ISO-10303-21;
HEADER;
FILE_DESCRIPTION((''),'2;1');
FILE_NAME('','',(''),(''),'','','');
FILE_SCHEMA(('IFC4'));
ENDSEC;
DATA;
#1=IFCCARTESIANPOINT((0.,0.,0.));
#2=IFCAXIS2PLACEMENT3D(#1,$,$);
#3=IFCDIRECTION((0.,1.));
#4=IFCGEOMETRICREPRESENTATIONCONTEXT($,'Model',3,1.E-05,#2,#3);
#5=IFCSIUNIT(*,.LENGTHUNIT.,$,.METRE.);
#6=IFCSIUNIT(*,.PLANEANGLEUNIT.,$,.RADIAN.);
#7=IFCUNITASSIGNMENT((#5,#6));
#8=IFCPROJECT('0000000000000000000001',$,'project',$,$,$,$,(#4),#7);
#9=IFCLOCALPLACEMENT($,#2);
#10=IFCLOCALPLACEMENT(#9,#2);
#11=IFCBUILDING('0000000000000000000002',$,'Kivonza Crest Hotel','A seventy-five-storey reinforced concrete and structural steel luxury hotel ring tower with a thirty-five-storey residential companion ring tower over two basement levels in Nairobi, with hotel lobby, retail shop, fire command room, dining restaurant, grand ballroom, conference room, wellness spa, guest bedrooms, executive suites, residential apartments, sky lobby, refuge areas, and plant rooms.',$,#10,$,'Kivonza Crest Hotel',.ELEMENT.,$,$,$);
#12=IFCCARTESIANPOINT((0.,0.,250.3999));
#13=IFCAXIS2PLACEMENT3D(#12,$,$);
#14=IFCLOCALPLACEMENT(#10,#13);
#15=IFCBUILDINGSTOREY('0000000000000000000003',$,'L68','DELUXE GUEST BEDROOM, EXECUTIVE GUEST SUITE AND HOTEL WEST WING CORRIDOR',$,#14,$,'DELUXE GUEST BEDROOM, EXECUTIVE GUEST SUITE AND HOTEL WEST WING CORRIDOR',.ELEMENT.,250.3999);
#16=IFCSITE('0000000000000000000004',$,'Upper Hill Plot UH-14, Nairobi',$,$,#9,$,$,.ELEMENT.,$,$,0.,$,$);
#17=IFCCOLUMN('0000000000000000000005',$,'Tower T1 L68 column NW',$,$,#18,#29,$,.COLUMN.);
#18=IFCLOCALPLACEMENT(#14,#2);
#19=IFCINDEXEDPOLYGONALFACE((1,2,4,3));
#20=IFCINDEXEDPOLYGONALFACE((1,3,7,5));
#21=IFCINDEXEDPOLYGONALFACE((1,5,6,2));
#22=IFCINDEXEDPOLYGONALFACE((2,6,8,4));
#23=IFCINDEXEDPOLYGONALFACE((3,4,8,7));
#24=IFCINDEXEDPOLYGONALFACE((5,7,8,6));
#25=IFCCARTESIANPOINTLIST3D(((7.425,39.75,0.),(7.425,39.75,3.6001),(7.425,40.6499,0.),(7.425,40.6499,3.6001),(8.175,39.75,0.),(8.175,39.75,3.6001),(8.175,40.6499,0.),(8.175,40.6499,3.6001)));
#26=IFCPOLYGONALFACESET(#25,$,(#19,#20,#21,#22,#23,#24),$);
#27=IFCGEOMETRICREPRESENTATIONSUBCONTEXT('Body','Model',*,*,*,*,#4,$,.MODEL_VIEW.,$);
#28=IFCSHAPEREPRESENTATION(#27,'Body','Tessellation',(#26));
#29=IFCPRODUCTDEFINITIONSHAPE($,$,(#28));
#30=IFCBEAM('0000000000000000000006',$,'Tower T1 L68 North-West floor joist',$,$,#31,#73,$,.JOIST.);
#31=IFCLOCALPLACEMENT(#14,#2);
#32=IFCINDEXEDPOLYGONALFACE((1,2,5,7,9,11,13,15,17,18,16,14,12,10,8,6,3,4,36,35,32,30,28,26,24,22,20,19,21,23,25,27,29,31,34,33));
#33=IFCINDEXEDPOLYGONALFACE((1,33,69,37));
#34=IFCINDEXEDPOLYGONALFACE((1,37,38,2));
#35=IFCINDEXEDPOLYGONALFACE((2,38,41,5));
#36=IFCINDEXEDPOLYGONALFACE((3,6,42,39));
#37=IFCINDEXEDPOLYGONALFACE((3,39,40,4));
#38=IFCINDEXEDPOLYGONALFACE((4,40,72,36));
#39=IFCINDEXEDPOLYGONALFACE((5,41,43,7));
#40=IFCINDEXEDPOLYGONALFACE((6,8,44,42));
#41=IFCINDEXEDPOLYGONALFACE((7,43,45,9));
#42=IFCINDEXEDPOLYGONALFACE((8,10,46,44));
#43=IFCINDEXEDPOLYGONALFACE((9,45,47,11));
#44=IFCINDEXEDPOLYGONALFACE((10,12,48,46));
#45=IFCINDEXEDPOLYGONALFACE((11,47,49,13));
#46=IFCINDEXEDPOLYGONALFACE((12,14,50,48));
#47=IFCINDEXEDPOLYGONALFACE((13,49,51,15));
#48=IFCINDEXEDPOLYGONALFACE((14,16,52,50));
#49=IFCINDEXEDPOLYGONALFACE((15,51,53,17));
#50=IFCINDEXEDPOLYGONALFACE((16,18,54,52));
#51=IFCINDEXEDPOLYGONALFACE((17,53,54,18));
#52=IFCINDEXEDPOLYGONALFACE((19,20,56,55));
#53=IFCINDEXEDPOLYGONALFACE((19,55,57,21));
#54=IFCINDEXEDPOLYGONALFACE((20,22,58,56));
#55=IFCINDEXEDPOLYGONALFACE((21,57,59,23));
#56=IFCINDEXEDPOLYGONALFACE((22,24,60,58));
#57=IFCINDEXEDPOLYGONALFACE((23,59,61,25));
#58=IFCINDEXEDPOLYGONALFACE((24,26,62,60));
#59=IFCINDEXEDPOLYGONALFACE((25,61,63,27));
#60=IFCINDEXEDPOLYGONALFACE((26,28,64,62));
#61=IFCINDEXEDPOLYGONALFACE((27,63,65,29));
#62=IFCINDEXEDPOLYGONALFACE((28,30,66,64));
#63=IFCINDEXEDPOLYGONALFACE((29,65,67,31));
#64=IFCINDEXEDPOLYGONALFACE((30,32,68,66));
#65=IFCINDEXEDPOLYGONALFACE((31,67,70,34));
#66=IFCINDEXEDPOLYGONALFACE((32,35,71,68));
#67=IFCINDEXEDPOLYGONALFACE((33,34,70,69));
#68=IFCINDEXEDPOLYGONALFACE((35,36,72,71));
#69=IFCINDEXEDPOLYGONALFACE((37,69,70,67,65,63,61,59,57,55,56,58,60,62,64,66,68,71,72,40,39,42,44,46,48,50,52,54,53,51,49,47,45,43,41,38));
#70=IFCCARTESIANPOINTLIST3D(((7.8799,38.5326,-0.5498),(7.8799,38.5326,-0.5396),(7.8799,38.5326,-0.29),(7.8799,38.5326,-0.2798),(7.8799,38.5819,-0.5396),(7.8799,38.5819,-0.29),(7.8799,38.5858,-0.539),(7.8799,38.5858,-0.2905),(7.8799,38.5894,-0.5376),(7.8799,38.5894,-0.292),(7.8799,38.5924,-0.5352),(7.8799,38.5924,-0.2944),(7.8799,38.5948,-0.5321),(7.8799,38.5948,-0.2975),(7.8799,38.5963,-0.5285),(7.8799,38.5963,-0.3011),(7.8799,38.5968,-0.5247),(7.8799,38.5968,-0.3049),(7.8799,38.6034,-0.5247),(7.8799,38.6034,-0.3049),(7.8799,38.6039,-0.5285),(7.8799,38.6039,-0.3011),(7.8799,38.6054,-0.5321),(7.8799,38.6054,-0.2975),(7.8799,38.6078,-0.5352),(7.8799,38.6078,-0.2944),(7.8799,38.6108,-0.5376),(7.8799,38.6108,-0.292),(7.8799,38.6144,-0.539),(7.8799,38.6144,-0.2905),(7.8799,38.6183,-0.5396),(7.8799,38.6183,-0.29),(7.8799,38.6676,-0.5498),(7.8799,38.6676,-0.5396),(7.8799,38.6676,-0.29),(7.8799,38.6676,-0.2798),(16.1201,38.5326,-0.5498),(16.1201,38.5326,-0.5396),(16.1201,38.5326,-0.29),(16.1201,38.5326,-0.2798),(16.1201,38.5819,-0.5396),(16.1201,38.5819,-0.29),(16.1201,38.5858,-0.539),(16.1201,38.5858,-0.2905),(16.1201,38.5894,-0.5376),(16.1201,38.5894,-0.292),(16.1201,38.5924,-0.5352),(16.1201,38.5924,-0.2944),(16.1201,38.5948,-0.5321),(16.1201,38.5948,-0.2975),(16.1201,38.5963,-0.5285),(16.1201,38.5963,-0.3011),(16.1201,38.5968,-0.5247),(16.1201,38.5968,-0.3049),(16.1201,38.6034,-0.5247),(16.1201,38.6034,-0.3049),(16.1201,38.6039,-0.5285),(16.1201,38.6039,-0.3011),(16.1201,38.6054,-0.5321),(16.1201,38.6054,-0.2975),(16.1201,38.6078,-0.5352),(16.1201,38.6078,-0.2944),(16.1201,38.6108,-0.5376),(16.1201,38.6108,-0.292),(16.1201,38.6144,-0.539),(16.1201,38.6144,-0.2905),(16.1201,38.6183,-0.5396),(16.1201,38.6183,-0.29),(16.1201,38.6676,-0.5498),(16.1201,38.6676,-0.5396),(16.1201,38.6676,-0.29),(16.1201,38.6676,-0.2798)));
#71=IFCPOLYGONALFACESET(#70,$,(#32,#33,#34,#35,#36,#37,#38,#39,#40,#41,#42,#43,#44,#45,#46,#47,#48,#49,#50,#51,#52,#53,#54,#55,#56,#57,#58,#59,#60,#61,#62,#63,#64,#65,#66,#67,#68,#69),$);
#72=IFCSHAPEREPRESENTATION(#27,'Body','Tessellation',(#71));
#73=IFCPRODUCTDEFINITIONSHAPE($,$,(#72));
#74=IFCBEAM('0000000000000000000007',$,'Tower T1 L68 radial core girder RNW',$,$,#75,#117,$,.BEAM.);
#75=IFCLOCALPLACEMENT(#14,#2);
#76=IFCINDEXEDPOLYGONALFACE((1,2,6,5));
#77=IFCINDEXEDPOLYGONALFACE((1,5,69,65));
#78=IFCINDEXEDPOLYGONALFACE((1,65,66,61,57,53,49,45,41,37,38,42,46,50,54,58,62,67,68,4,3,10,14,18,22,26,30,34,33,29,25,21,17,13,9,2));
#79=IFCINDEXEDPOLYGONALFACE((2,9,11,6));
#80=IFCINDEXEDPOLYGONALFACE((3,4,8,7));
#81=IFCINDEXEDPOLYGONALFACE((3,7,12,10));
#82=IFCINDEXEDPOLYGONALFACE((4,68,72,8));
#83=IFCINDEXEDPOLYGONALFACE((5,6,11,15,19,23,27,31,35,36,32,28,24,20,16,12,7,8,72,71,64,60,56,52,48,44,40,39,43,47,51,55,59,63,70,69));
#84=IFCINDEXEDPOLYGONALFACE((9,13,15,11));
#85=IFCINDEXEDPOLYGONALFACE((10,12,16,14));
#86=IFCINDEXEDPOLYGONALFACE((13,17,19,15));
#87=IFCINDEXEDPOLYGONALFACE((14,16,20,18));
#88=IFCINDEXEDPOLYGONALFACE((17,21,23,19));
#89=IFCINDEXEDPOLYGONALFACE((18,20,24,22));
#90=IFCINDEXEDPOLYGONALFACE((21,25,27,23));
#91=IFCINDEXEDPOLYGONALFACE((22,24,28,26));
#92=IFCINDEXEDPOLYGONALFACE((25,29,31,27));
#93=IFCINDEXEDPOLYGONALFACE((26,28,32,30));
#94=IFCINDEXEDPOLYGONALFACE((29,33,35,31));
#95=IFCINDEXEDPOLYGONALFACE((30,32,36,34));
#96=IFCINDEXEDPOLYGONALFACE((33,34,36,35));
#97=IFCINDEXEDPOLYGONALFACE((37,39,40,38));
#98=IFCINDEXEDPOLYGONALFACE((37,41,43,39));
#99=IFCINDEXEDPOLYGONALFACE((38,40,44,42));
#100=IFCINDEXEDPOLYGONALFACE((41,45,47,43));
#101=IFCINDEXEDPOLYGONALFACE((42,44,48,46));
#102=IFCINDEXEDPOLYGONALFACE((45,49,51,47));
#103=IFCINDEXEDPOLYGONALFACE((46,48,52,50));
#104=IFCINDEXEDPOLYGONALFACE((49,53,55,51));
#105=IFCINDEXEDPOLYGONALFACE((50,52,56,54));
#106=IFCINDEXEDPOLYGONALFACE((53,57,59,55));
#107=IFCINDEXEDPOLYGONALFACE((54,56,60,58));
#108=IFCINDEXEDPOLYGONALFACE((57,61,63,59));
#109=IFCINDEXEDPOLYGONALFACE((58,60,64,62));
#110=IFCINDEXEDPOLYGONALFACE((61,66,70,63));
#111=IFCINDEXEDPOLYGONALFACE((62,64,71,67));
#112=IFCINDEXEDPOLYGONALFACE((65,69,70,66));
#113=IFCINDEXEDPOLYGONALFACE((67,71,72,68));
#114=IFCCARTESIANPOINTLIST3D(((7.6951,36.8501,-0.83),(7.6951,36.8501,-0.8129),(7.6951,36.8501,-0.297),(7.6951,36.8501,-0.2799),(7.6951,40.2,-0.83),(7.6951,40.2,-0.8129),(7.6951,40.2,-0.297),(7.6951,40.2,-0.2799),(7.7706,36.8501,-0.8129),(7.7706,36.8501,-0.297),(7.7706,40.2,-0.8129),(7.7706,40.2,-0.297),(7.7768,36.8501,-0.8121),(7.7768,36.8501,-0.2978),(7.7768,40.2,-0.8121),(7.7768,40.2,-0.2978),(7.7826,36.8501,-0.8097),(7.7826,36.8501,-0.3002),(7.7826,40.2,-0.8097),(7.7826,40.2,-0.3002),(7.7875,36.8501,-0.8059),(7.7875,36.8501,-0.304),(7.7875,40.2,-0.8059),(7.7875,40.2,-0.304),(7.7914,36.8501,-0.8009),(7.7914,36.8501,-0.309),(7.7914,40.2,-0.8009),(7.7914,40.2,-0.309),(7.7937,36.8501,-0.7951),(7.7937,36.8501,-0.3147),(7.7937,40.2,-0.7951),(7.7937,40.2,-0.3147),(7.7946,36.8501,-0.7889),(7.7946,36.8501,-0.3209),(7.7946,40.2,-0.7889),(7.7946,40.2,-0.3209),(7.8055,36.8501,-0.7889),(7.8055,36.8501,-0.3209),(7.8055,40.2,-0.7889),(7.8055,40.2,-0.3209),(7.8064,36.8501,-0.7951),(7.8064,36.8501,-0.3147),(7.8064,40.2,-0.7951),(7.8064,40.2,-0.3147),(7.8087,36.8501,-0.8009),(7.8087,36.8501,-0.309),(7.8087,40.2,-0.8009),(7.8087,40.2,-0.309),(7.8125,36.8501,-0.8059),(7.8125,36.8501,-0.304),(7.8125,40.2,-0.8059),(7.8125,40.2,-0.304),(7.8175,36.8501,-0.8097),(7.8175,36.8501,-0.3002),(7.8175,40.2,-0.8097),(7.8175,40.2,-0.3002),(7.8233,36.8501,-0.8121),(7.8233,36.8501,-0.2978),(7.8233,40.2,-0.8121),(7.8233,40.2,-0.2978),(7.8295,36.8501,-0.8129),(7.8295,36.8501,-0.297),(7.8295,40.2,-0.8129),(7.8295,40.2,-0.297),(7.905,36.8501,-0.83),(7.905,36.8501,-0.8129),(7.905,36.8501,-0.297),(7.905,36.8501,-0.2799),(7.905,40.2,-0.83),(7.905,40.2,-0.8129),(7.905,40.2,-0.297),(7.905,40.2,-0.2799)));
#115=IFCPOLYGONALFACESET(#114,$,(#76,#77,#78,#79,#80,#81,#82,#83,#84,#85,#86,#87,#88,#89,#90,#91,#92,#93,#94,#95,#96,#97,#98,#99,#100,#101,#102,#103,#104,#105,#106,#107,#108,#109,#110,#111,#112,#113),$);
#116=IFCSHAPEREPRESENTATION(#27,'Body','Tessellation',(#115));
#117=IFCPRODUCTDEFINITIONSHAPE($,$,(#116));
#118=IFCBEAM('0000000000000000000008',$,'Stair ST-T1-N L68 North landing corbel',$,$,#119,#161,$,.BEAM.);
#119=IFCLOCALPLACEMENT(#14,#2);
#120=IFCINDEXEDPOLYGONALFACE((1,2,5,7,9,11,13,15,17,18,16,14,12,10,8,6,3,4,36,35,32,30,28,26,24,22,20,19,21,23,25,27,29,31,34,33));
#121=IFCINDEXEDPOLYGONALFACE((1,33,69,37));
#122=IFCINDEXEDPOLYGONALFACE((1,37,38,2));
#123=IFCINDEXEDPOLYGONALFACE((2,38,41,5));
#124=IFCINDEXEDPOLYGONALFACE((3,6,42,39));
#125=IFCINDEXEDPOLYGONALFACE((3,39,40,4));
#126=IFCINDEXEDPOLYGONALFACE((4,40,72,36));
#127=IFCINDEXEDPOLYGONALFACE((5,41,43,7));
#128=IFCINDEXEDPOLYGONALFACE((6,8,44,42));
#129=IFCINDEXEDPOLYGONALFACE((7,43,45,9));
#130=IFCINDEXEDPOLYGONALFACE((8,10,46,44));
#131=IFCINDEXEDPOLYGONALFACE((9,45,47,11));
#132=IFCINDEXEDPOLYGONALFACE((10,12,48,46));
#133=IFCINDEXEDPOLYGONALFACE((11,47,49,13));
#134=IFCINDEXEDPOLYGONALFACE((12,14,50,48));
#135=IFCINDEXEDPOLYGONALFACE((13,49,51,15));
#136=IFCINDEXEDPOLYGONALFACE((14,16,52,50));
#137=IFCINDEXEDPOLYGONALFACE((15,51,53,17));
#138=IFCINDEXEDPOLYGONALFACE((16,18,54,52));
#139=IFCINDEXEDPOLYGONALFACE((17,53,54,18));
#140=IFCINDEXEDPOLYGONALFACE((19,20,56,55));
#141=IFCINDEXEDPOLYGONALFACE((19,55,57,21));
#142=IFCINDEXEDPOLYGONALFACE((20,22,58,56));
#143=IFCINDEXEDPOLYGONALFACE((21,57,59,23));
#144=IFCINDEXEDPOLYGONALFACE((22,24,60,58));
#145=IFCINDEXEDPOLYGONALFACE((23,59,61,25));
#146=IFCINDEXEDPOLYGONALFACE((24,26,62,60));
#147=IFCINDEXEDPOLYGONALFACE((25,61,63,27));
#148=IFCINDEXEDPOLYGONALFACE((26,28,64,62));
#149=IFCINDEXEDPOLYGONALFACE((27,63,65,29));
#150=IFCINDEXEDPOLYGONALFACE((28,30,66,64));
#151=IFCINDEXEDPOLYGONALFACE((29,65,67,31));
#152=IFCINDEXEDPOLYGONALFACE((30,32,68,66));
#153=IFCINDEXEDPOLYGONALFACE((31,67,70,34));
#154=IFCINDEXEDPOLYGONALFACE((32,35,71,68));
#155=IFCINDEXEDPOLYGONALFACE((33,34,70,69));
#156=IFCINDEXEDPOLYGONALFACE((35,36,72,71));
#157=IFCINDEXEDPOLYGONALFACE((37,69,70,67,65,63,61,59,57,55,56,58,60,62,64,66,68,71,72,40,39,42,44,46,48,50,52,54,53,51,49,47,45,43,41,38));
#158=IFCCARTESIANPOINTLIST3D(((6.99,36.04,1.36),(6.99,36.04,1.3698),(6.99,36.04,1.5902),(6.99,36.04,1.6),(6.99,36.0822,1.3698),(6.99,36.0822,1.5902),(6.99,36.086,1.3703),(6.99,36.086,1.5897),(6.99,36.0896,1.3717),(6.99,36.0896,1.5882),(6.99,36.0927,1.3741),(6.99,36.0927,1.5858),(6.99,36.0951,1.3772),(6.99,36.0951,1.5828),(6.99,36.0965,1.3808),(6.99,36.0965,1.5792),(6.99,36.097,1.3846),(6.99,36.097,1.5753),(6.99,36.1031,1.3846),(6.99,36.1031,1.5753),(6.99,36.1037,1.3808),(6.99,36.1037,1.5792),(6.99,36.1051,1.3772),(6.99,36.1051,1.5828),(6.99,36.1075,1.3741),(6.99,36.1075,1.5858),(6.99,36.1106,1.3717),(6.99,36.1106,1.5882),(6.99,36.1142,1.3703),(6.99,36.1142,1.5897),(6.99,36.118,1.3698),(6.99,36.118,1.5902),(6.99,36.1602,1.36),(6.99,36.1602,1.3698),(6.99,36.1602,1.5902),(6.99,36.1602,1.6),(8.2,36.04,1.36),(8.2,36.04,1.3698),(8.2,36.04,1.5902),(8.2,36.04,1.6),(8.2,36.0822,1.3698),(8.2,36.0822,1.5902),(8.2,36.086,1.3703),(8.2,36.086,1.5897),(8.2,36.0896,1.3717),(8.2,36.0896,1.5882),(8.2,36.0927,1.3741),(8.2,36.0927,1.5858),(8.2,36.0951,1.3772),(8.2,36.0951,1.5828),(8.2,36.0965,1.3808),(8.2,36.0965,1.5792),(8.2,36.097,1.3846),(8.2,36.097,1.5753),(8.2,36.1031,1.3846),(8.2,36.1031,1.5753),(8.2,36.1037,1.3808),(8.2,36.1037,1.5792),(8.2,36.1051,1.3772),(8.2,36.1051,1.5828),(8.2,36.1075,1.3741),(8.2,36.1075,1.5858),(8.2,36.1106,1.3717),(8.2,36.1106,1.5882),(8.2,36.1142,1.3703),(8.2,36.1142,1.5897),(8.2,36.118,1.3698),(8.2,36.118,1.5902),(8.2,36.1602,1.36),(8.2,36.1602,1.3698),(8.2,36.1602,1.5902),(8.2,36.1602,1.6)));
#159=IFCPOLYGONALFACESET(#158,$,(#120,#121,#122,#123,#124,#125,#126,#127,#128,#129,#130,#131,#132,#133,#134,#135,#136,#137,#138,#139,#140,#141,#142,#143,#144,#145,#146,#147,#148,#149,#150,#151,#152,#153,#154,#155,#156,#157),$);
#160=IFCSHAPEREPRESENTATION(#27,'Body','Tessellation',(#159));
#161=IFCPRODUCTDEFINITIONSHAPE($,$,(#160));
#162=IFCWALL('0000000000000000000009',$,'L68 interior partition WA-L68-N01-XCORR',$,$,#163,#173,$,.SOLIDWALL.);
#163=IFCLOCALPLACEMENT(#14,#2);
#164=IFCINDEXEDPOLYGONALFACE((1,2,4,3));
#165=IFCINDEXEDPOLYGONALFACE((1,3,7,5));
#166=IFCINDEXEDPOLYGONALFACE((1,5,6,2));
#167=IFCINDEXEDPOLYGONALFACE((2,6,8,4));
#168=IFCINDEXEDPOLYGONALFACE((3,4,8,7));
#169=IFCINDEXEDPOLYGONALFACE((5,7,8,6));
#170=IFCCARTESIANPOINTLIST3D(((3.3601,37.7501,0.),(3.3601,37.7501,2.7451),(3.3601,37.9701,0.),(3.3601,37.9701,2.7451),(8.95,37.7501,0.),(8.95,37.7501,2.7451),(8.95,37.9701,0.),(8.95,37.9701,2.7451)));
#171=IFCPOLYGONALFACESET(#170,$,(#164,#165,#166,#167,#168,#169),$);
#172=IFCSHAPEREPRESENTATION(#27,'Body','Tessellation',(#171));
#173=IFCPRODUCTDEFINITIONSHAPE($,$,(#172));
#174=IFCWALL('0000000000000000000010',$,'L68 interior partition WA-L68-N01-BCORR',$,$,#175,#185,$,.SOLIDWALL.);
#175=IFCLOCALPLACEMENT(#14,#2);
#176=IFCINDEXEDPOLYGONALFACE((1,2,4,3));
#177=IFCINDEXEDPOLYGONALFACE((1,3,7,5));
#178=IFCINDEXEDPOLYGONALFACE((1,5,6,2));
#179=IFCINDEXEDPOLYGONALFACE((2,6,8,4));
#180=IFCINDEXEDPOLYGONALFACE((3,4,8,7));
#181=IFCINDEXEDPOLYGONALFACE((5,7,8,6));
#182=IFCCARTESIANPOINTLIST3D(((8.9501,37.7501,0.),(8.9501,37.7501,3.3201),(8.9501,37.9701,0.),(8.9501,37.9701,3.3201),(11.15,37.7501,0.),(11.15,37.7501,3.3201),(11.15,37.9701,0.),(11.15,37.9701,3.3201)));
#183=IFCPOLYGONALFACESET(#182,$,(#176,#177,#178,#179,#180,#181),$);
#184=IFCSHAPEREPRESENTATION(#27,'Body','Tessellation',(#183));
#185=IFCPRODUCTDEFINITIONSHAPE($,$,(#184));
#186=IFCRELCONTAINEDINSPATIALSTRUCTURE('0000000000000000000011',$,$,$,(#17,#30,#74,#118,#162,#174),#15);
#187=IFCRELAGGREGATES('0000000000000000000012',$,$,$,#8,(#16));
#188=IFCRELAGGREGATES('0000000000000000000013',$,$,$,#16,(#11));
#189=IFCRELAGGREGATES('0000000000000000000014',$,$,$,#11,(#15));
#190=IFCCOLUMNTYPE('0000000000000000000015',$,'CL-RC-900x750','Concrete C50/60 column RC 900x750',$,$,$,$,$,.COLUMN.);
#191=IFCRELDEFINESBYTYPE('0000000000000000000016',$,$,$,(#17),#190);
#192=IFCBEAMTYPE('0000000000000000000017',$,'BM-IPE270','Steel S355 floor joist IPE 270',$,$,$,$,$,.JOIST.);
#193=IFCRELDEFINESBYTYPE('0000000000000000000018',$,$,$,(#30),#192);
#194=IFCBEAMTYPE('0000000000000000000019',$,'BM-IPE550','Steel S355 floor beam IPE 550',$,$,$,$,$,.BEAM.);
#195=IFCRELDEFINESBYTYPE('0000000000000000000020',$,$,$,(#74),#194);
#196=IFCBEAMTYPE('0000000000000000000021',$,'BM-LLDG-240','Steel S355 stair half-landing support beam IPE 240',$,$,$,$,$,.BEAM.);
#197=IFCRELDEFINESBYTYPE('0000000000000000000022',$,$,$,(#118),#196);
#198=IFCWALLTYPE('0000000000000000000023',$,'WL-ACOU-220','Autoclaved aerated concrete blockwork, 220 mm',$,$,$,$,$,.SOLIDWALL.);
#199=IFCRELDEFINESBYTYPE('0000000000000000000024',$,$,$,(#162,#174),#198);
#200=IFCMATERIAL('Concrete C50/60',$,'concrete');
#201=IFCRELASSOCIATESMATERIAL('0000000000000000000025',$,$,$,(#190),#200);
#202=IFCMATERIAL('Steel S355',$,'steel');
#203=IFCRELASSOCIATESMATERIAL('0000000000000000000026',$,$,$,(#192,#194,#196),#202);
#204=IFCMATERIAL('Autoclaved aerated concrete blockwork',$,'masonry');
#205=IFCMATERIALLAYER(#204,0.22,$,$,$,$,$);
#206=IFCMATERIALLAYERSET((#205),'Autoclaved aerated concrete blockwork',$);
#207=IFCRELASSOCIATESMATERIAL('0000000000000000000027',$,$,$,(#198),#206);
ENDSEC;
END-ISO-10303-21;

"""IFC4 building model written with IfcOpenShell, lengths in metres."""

from ifc_helpers import new_model, si_unit, direction, frame, frame_2d, origin, origin_2d, place, context, subcontext, project, spatial, rectangle, i_section, extrude, material, layer, layer_set, material_profile, profile_set, type_object, element, save


model = new_model("IFC4")

# Units and contexts
model_context = context("Model", 3, precision=1e-05, world=origin(), true_north=direction((0.0, 1.0)))
body_context = subcontext(model_context, "Body", "Model", "MODEL_VIEW")
ifc_project = project(units=[si_unit("LENGTHUNIT", "METRE"), si_unit("PLANEANGLEUNIT", "RADIAN")], contexts=[model_context])

# Site, building, storey
site_placement = place(None, origin())
site = spatial("IfcSite", under=ifc_project, at=site_placement, Name="Upper Hill Plot UH-14, Nairobi", CompositionType="ELEMENT", RefElevation=0.0)
building_placement = place(site_placement, origin())
building = spatial("IfcBuilding", under=site, at=building_placement, Name="Kivonza Crest Hotel", Description="A seventy-five-storey reinforced concrete and structural steel luxury hotel ring tower with a thirty-five-storey residential companion ring tower over two basement levels in Nairobi, with hotel lobby, retail shop, fire command room, dining restaurant, grand ballroom, conference room, wellness spa, guest bedrooms, executive suites, residential apartments, sky lobby, refuge areas, and plant rooms.", LongName="Kivonza Crest Hotel", CompositionType="ELEMENT")
storey_placement = place(building_placement, frame((0.0, 0.0, 250.3999)))
storey = spatial("IfcBuildingStorey", under=building, at=storey_placement, Name="L68", Description="DELUXE GUEST BEDROOM, EXECUTIVE GUEST SUITE AND HOTEL WEST WING CORRIDOR", LongName="DELUXE GUEST BEDROOM, EXECUTIVE GUEST SUITE AND HOTEL WEST WING CORRIDOR", CompositionType="ELEMENT", Elevation=250.3999)

# Column
ifc_material_1 = material(Name="Concrete C50/60", Category="concrete")
ifc_material_profile_1 = material_profile(ifc_material_1, rectangle(XDim=0.75, YDim=0.8999, at=origin_2d()), Name="RC 900x750")
ifc_profile_set_1 = profile_set([ifc_material_profile_1], Name="Concrete C50/60")
column_type = type_object("IfcColumnType", Name="CL-RC-900x750", Description="Concrete C50/60 column RC 900x750", PredefinedType="COLUMN", material=ifc_profile_set_1)
column_placement = place(storey_placement, frame((7.8, 40.2, 0.0), z_axis=(0.0, 0.0, 1.0), x_axis=(1.0, 0.0, 0.0)))
element("IfcColumn", 1, at=column_placement, inside=storey, type_object=column_type, Name="Tower T1 L68 column NW", PredefinedType="COLUMN", context=body_context, shape_type="SweptSolid", body=[
    extrude(rectangle(XDim=0.75, YDim=0.8999, at=origin_2d()), origin(), (0.0, 0.0, 1.0), 3.6001),
])

# Beams
ifc_material_2 = material(Name="Steel S355", Category="steel")
ifc_material_profile_2 = material_profile(ifc_material_2, i_section(OverallWidth=0.135, OverallDepth=0.27, WebThickness=0.0066, FlangeThickness=0.0103, FilletRadius=0.0149, at=origin_2d()), Name="IPE 270")
ifc_profile_set_2 = profile_set([ifc_material_profile_2], Name="Steel S355")
beam_type_1 = type_object("IfcBeamType", Name="BM-IPE270", Description="Steel S355 floor joist IPE 270", PredefinedType="JOIST", material=ifc_profile_set_2)
beam_1_placement = place(storey_placement, frame((7.8799, 38.6001, -0.4148), z_axis=(1.0, 0.0, 0.0), x_axis=(0.0, 1.0, 0.0)))
element("IfcBeam", 2, at=beam_1_placement, inside=storey, type_object=beam_type_1, Name="Tower T1 L68 North-West floor joist", PredefinedType="JOIST", context=body_context, shape_type="SweptSolid", body=[
    extrude(i_section(OverallWidth=0.135, OverallDepth=0.27, WebThickness=0.0066, FlangeThickness=0.0103, FilletRadius=0.0149, at=origin_2d()), origin(), (0.0, 0.0, 1.0), 8.2402),
])
ifc_material_profile_3 = material_profile(ifc_material_2, i_section(OverallWidth=0.21, OverallDepth=0.55, WebThickness=0.011, FlangeThickness=0.0171, FilletRadius=0.0239, at=origin_2d()), Name="IPE 550")
ifc_profile_set_3 = profile_set([ifc_material_profile_3], Name="Steel S355")
beam_type_2 = type_object("IfcBeamType", Name="BM-IPE550", Description="Steel S355 floor beam IPE 550", PredefinedType="BEAM", material=ifc_profile_set_3)
beam_2_placement = place(storey_placement, frame((7.8, 40.2, -0.5549), z_axis=(0.0, -1.0, 0.0), x_axis=(1.0, 0.0, 0.0)))
element("IfcBeam", 3, at=beam_2_placement, inside=storey, type_object=beam_type_2, Name="Tower T1 L68 radial core girder RNW", PredefinedType="BEAM", context=body_context, shape_type="SweptSolid", body=[
    extrude(i_section(OverallWidth=0.21, OverallDepth=0.55, WebThickness=0.011, FlangeThickness=0.0171, FilletRadius=0.0239, at=origin_2d()), origin(), (0.0, 0.0, 1.0), 3.3499),
])
ifc_material_profile_4 = material_profile(ifc_material_2, i_section(OverallWidth=0.1201, OverallDepth=0.24, WebThickness=0.0061, FlangeThickness=0.0098, FilletRadius=0.0149, at=origin_2d()), Name="IPE 240")
ifc_profile_set_4 = profile_set([ifc_material_profile_4], Name="Steel S355")
beam_type_3 = type_object("IfcBeamType", Name="BM-LLDG-240", Description="Steel S355 stair half-landing support beam IPE 240", PredefinedType="BEAM", material=ifc_profile_set_4)
beam_3_placement = place(storey_placement, frame((6.99, 36.1001, 1.48), z_axis=(1.0, 0.0, 0.0), x_axis=(0.0, 1.0, 0.0)))
element("IfcBeam", 4, at=beam_3_placement, inside=storey, type_object=beam_type_3, Name="Stair ST-T1-N L68 North landing corbel", PredefinedType="BEAM", context=body_context, shape_type="SweptSolid", body=[
    extrude(i_section(OverallWidth=0.1201, OverallDepth=0.24, WebThickness=0.0061, FlangeThickness=0.0098, FilletRadius=0.0149, at=origin_2d()), origin(), (0.0, 0.0, 1.0), 1.21),
])

# Walls
ifc_material_3 = material(Name="Autoclaved aerated concrete blockwork", Category="masonry")
ifc_layer_1 = layer(ifc_material_3, 0.22)
ifc_layer_set_1 = layer_set([ifc_layer_1], Name="Autoclaved aerated concrete blockwork")
wall_type_1 = type_object("IfcWallType", Name="WL-ACOU-220", Description="Autoclaved aerated concrete blockwork, 220 mm", PredefinedType="SOLIDWALL", material=ifc_layer_set_1)
wall_1_placement = place(storey_placement, frame((3.3601, 37.8601, 0.0), z_axis=(0.0, 0.0, 1.0), x_axis=(1.0, 0.0, 0.0)))
element("IfcWall", 5, at=wall_1_placement, inside=storey, type_object=wall_type_1, Name="L68 interior partition WA-L68-N01-XCORR", PredefinedType="SOLIDWALL", context=body_context, shape_type="SweptSolid", body=[
    extrude(rectangle(XDim=5.5898, YDim=0.22, at=frame_2d((2.7949, 0.0))), origin(), (0.0, 0.0, 1.0), 2.7451),
])
wall_2_placement = place(storey_placement, frame((8.95, 37.8601, 0.0), z_axis=(0.0, 0.0, 1.0), x_axis=(1.0, 0.0, 0.0)))
element("IfcWall", 6, at=wall_2_placement, inside=storey, type_object=wall_type_1, Name="L68 interior partition WA-L68-N01-BCORR", PredefinedType="SOLIDWALL", context=body_context, shape_type="SweptSolid", body=[
    extrude(rectangle(XDim=2.2, YDim=0.22, at=frame_2d((1.1001, 0.0))), origin(), (0.0, 0.0, 1.0), 3.3201),
])

save(model, "model.ifc")
